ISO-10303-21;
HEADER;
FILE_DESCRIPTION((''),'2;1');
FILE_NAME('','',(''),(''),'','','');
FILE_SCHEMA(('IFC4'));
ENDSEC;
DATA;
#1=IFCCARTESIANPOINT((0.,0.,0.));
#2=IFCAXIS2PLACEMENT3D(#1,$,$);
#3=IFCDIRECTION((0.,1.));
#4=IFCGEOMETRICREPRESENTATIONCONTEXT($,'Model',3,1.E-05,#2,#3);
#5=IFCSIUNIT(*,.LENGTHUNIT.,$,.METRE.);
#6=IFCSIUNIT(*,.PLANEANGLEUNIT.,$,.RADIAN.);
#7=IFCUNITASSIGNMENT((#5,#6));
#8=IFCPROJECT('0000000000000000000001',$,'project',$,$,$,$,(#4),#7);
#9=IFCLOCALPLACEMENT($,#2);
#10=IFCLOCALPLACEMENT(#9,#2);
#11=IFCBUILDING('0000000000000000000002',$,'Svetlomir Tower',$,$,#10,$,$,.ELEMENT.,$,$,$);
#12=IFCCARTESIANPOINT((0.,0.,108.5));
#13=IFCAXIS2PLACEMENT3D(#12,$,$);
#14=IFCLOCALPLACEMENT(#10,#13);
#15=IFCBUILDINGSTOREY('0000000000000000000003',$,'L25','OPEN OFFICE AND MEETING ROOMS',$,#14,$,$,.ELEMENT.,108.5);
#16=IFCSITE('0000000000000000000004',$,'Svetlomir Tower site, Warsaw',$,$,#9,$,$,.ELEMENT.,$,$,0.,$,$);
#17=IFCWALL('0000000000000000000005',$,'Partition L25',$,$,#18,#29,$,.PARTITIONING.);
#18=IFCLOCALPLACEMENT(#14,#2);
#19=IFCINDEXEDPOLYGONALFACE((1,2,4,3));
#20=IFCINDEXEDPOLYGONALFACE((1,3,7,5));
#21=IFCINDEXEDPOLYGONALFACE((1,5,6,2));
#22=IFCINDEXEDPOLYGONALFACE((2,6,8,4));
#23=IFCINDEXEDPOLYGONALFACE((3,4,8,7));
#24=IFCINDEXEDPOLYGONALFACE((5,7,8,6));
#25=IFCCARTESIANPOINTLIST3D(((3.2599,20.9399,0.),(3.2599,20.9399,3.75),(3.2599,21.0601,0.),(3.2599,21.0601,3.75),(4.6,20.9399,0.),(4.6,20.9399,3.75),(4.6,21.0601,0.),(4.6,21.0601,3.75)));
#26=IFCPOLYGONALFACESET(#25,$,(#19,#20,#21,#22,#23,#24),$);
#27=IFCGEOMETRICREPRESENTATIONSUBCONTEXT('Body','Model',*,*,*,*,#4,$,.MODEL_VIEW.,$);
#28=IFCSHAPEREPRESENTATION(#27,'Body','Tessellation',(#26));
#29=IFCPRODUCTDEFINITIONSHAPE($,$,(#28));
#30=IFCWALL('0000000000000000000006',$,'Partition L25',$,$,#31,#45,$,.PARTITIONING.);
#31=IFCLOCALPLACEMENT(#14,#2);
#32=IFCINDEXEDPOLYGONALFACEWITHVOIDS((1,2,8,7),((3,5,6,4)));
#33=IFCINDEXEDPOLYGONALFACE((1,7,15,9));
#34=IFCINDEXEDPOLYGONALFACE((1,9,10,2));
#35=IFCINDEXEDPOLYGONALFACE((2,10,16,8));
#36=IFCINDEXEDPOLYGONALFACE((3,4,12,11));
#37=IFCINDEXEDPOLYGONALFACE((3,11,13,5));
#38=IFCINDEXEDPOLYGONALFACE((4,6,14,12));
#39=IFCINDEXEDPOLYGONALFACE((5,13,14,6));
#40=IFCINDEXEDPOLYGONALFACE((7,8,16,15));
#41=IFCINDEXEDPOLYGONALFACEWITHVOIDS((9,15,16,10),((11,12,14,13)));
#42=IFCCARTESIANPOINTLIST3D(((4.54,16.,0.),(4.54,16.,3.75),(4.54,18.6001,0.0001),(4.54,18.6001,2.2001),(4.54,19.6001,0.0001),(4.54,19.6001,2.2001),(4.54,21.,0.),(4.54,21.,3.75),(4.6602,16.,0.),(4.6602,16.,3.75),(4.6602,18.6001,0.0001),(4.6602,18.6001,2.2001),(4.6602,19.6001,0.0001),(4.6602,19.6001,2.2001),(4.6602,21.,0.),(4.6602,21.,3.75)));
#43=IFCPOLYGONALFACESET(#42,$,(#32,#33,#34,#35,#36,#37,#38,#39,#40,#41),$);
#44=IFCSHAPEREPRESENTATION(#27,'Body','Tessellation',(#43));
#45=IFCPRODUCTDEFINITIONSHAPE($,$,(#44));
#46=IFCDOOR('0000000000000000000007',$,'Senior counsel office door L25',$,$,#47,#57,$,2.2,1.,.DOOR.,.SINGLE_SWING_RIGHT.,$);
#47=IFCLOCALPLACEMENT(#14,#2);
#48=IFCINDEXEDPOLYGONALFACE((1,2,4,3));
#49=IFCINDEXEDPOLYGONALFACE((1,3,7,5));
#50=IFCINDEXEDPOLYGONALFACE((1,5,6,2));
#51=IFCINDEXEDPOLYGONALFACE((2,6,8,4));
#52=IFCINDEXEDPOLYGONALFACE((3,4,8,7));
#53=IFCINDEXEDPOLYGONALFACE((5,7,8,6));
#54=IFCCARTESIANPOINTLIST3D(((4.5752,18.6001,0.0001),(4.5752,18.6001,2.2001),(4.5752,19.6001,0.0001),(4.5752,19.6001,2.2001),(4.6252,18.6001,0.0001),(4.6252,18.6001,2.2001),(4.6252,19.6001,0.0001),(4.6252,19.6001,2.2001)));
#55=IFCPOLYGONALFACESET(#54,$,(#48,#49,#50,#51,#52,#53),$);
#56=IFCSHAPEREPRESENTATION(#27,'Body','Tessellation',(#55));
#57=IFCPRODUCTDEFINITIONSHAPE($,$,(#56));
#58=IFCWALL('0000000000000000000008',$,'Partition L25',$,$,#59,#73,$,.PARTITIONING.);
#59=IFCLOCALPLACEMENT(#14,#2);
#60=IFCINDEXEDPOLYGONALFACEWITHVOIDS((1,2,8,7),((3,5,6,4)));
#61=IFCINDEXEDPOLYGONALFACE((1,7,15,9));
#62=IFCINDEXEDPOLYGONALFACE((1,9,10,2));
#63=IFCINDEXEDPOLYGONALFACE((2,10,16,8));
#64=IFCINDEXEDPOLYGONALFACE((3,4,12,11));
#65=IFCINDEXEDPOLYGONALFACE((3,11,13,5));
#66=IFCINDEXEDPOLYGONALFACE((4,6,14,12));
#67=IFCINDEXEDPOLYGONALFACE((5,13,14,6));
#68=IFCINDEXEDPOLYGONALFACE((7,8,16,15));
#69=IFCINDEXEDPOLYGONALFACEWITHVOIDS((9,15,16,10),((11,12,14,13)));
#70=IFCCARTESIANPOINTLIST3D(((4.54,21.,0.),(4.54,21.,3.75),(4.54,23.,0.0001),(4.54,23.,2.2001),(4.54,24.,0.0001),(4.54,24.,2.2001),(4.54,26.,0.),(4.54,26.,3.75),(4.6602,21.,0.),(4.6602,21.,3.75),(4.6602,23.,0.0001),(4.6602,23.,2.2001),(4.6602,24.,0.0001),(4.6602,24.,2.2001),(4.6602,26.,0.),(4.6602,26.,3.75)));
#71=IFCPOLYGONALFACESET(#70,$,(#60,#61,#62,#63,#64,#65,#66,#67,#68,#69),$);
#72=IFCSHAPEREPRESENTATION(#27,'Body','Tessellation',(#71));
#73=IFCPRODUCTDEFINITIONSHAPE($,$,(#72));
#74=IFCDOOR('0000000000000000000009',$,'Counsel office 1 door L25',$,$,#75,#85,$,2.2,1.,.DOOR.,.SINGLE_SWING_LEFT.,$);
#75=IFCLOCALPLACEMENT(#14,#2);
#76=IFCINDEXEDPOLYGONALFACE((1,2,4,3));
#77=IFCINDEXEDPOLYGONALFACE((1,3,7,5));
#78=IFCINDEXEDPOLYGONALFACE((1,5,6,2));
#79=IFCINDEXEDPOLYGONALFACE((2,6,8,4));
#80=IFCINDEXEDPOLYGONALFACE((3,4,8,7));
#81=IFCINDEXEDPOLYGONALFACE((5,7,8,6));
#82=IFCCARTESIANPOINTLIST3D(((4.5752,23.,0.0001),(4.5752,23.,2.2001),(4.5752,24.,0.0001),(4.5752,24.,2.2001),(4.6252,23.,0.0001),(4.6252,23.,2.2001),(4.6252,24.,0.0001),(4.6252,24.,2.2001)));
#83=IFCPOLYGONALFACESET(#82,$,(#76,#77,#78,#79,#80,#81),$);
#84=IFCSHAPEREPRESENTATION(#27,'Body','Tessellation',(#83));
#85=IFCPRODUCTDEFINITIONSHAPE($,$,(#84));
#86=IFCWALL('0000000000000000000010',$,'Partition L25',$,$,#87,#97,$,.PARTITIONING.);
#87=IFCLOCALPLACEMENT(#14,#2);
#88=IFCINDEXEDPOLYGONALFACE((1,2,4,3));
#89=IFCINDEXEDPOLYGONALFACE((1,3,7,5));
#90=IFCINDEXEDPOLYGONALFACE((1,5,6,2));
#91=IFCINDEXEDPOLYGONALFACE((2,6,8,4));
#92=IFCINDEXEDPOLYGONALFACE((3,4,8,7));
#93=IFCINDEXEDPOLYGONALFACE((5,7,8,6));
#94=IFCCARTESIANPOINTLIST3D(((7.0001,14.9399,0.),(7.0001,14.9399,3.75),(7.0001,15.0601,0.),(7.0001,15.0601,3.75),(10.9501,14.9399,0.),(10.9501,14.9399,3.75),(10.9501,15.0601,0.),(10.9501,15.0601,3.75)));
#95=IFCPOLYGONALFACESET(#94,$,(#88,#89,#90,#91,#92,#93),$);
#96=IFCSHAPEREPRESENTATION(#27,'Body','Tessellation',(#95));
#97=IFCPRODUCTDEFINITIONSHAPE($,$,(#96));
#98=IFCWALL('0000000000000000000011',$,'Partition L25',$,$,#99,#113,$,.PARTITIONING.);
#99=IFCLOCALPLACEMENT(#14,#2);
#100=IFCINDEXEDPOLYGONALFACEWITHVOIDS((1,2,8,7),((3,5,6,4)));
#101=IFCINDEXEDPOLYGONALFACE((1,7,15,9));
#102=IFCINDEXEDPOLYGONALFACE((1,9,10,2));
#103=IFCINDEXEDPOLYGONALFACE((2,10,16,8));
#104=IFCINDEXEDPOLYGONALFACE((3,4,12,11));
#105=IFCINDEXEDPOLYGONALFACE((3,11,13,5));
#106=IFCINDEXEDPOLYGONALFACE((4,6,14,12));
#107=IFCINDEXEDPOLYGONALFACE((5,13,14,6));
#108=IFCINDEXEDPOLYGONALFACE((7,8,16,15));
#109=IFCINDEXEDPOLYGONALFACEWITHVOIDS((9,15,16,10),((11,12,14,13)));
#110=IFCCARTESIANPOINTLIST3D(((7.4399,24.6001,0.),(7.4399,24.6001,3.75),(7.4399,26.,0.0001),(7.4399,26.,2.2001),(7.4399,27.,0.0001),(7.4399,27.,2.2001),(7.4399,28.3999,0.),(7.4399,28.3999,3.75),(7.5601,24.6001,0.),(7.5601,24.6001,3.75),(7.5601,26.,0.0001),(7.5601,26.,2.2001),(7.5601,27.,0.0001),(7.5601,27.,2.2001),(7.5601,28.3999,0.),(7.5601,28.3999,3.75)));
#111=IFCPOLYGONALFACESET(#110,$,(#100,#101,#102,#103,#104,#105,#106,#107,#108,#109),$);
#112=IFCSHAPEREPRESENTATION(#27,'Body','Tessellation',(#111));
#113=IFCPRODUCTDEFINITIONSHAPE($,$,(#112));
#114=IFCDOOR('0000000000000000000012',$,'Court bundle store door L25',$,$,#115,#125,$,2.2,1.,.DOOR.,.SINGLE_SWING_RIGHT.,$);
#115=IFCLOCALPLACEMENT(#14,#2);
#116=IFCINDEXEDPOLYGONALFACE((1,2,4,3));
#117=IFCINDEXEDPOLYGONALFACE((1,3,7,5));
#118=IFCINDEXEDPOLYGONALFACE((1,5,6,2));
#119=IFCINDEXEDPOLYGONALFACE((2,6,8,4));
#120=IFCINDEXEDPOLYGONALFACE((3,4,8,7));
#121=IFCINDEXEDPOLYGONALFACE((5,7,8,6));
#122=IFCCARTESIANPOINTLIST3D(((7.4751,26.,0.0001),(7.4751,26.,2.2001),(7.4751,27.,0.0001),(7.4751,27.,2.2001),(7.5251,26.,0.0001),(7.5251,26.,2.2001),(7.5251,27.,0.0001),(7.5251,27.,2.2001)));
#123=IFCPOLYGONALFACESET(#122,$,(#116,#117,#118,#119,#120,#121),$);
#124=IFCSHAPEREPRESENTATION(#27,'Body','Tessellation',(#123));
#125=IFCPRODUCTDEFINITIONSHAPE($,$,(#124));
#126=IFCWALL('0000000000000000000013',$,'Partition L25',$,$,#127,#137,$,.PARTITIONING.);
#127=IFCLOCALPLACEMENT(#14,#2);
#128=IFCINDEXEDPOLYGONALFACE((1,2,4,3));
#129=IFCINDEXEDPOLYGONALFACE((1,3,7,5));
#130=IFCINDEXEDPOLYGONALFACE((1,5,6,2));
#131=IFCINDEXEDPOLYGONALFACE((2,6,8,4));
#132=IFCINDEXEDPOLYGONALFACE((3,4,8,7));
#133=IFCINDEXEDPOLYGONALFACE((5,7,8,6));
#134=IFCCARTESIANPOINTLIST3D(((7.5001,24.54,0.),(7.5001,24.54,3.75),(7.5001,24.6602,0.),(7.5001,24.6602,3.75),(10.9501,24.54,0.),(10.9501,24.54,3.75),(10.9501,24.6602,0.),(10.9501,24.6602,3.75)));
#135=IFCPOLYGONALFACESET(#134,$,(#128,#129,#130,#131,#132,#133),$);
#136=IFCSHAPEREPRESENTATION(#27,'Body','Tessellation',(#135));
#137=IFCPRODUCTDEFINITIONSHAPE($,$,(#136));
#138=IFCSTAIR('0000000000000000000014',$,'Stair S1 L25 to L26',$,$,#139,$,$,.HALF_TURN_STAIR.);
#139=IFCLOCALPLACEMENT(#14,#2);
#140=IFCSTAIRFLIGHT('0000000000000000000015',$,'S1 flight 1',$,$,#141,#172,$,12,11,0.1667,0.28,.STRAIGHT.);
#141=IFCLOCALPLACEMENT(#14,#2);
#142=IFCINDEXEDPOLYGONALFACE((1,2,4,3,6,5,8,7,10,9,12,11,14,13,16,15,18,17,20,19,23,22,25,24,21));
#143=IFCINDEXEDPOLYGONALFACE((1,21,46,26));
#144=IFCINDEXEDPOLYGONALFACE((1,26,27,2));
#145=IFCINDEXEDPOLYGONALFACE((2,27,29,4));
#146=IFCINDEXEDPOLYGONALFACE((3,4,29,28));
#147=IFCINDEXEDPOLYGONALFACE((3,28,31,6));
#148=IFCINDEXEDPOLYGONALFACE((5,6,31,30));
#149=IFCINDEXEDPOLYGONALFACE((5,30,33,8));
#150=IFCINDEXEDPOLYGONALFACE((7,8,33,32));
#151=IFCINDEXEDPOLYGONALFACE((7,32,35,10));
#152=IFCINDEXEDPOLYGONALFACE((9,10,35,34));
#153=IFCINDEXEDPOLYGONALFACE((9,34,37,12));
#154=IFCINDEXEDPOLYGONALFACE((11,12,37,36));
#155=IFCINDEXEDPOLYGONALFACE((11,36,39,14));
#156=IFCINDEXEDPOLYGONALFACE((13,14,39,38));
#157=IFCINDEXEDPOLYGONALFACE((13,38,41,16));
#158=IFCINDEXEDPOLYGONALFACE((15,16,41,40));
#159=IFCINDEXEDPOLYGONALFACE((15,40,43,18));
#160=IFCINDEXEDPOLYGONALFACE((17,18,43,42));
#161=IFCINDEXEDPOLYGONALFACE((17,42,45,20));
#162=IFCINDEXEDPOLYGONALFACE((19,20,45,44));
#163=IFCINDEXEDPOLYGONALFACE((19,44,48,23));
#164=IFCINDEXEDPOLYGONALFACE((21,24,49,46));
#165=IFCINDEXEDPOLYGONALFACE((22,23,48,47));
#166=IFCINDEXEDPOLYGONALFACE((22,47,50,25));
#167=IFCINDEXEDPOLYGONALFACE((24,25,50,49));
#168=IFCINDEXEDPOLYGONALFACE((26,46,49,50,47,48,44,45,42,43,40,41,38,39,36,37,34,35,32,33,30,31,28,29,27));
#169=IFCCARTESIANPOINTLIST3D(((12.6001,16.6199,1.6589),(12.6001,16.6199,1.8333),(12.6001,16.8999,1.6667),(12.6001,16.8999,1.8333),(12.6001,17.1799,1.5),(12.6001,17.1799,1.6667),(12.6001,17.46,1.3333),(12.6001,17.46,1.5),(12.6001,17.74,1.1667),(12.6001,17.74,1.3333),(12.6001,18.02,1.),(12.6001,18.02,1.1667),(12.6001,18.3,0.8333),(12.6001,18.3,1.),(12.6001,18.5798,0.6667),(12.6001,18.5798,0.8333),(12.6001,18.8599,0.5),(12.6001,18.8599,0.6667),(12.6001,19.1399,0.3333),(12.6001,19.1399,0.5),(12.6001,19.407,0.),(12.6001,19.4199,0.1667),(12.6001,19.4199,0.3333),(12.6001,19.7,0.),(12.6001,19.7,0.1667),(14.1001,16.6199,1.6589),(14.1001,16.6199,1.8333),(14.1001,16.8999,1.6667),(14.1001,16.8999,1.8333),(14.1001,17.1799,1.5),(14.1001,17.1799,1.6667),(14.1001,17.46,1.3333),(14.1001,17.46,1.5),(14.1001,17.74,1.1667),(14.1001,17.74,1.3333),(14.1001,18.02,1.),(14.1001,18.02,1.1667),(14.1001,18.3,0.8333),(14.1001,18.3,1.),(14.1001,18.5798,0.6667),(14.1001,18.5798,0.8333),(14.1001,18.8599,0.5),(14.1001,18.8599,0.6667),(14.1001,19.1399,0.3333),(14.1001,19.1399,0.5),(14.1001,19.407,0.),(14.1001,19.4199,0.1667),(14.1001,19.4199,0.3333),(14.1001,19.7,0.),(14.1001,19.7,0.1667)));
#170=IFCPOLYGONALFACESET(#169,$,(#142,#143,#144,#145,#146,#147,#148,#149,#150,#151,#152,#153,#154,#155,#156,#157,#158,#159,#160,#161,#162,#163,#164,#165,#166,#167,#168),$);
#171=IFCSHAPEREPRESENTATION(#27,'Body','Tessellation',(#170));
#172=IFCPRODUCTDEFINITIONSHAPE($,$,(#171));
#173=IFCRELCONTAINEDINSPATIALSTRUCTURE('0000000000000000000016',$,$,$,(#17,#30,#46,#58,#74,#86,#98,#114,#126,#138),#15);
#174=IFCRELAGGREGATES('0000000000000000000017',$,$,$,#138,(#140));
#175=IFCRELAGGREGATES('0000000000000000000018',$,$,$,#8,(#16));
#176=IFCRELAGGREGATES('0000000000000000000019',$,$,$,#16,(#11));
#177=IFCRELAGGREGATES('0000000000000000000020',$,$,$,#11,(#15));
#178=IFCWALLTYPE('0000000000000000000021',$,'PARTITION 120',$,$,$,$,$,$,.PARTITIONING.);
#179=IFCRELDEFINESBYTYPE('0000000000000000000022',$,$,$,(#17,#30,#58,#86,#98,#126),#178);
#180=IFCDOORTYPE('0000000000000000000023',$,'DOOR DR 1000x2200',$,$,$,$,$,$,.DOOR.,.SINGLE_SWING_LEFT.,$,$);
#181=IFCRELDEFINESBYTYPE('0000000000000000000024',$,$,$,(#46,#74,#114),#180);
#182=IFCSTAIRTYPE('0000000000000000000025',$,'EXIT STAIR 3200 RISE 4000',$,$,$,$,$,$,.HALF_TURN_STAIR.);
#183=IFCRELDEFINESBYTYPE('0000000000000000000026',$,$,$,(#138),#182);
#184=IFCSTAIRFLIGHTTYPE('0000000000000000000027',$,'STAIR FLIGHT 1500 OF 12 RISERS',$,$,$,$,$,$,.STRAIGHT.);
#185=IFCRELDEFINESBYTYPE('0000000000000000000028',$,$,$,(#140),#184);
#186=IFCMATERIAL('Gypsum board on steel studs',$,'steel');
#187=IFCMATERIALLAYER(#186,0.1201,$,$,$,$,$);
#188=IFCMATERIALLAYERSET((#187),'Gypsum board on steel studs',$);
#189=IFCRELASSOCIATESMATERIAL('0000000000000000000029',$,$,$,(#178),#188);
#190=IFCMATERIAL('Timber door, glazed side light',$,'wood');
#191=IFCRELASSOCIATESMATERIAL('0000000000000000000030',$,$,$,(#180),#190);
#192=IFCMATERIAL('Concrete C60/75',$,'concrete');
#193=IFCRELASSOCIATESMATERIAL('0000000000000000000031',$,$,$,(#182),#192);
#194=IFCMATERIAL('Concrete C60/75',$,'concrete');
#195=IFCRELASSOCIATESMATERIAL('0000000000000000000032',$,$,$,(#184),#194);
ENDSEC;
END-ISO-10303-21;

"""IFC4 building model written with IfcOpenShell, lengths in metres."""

from ifc_helpers import new_model, si_unit, direction, frame, frame_2d, origin, place, context, subcontext, project, spatial, polyline, rectangle, outline, extrude, material, layer, layer_set, type_object, element, fill, aggregate, save


model = new_model("IFC4")

# Units and contexts
model_context = context("Model", 3, precision=1e-05, world=origin(), true_north=direction((0.0, 1.0)))
body_context = subcontext(model_context, "Body", "Model", "MODEL_VIEW")
ifc_project = project(units=[si_unit("LENGTHUNIT", "METRE"), si_unit("PLANEANGLEUNIT", "RADIAN")], contexts=[model_context])

# Site, building, storey
site_placement = place(None, origin())
site = spatial("IfcSite", under=ifc_project, at=site_placement, Name="Svetlomir Tower site, Warsaw", CompositionType="ELEMENT", RefElevation=0.0)
building_placement = place(site_placement, origin())
building = spatial("IfcBuilding", under=site, at=building_placement, Name="Svetlomir Tower", CompositionType="ELEMENT")
storey_placement = place(building_placement, frame((0.0, 0.0, 108.5)))
storey = spatial("IfcBuildingStorey", under=building, at=storey_placement, Name="L25", Description="OPEN OFFICE AND MEETING ROOMS", CompositionType="ELEMENT", Elevation=108.5)

# Wall
ifc_material_1 = material(Name="Gypsum board on steel studs", Category="steel")
ifc_layer_1 = layer(ifc_material_1, 0.1201)
ifc_layer_set_1 = layer_set([ifc_layer_1], Name="Gypsum board on steel studs")
wall_type_1 = type_object("IfcWallType", Name="PARTITION 120", PredefinedType="PARTITIONING", material=ifc_layer_set_1)
wall_1_placement = place(storey_placement, frame((3.26, 21.0, 0.0), z_axis=(0.0, 0.0, 1.0), x_axis=(1.0, 0.0, 0.0)))
element("IfcWall", 1, at=wall_1_placement, inside=storey, type_object=wall_type_1, Name="Partition L25", PredefinedType="PARTITIONING", context=body_context, shape_type="SweptSolid", body=[
    extrude(rectangle(XDim=1.3401, YDim=0.1201, at=frame_2d((0.6699, 0.0))), origin(), (0.0, 0.0, 1.0), 3.75),
])

# Walls, openings, doors
wall_2_placement = place(storey_placement, frame((4.6001, 16.0, 0.0), z_axis=(0.0, 0.0, 1.0), x_axis=(0.0, 1.0, 0.0)))
wall_2 = element("IfcWall", 2, at=wall_2_placement, inside=storey, type_object=wall_type_1, Name="Partition L25", PredefinedType="PARTITIONING", context=body_context, shape_type="SweptSolid", body=[
    extrude(rectangle(XDim=5.0, YDim=0.1201, at=frame_2d((2.5, 0.0))), origin(), (0.0, 0.0, 1.0), 3.75),
])
opening_1_placement = place(wall_2_placement, frame((2.6001, 0.0, 0.0)))
opening_1 = element("IfcOpeningElement", 3, at=opening_1_placement, cuts=wall_2, PredefinedType="OPENING", context=body_context, shape_type="SweptSolid", body=[
    extrude(rectangle(XDim=1.0, YDim=2.2, at=frame_2d((0.5, 1.1001))), frame((0.0, 0.0701, 0.0), z_axis=(0.0, -1.0, 0.0), x_axis=(1.0, 0.0, 0.0)), (0.0, 0.0, 1.0), 0.1401),
])
ifc_material_2 = material(Name="Timber door, glazed side light", Category="wood")
door_type_1 = type_object("IfcDoorType", Name="DOOR DR 1000x2200", OperationType="SINGLE_SWING_LEFT", PredefinedType="DOOR", material=ifc_material_2)
door_1_placement = place(opening_1_placement, origin())
door_1 = element("IfcDoor", 4, at=door_1_placement, inside=storey, type_object=door_type_1, Name="Senior counsel office door L25", OperationType="SINGLE_SWING_RIGHT", OverallHeight=2.2, OverallWidth=1.0, PredefinedType="DOOR", context=body_context, shape_type="SweptSolid", body=[
    extrude(rectangle(XDim=1.0, YDim=2.2, at=frame_2d((0.5, 1.1001))), frame((0.0, 0.0249, 0.0), z_axis=(0.0, -1.0, 0.0), x_axis=(1.0, 0.0, 0.0)), (0.0, 0.0, 1.0), 0.05),
])
fill(opening_1, door_1)
wall_3_placement = place(storey_placement, frame((4.6001, 21.0, 0.0), z_axis=(0.0, 0.0, 1.0), x_axis=(0.0, 1.0, 0.0)))
wall_3 = element("IfcWall", 5, at=wall_3_placement, inside=storey, type_object=wall_type_1, Name="Partition L25", PredefinedType="PARTITIONING", context=body_context, shape_type="SweptSolid", body=[
    extrude(rectangle(XDim=5.0, YDim=0.1201, at=frame_2d((2.5, 0.0))), origin(), (0.0, 0.0, 1.0), 3.75),
])
opening_2_placement = place(wall_3_placement, frame((2.0, 0.0, 0.0)))
opening_2 = element("IfcOpeningElement", 6, at=opening_2_placement, cuts=wall_3, PredefinedType="OPENING", context=body_context, shape_type="SweptSolid", body=[
    extrude(rectangle(XDim=1.0, YDim=2.2, at=frame_2d((0.5, 1.1001))), frame((0.0, 0.0701, 0.0), z_axis=(0.0, -1.0, 0.0), x_axis=(1.0, 0.0, 0.0)), (0.0, 0.0, 1.0), 0.1401),
])
door_2_placement = place(opening_2_placement, origin())
door_2 = element("IfcDoor", 7, at=door_2_placement, inside=storey, type_object=door_type_1, Name="Counsel office 1 door L25", OperationType="SINGLE_SWING_LEFT", OverallHeight=2.2, OverallWidth=1.0, PredefinedType="DOOR", context=body_context, shape_type="SweptSolid", body=[
    extrude(rectangle(XDim=1.0, YDim=2.2, at=frame_2d((0.5, 1.1001))), frame((0.0, 0.0249, 0.0), z_axis=(0.0, -1.0, 0.0), x_axis=(1.0, 0.0, 0.0)), (0.0, 0.0, 1.0), 0.05),
])
fill(opening_2, door_2)

# Wall
wall_4_placement = place(storey_placement, frame((7.0, 15.0, 0.0), z_axis=(0.0, 0.0, 1.0), x_axis=(1.0, 0.0, 0.0)))
element("IfcWall", 8, at=wall_4_placement, inside=storey, type_object=wall_type_1, Name="Partition L25", PredefinedType="PARTITIONING", context=body_context, shape_type="SweptSolid", body=[
    extrude(rectangle(XDim=3.95, YDim=0.1201, at=frame_2d((1.9751, 0.0))), origin(), (0.0, 0.0, 1.0), 3.75),
])

# Wall, opening, door
wall_5_placement = place(storey_placement, frame((7.5, 24.6001, 0.0), z_axis=(0.0, 0.0, 1.0), x_axis=(0.0, 1.0, 0.0)))
wall_5 = element("IfcWall", 9, at=wall_5_placement, inside=storey, type_object=wall_type_1, Name="Partition L25", PredefinedType="PARTITIONING", context=body_context, shape_type="SweptSolid", body=[
    extrude(rectangle(XDim=3.7998, YDim=0.1201, at=frame_2d((1.8999, 0.0))), origin(), (0.0, 0.0, 1.0), 3.75),
])
opening_3_placement = place(wall_5_placement, frame((1.3999, 0.0, 0.0)))
opening_3 = element("IfcOpeningElement", 10, at=opening_3_placement, cuts=wall_5, PredefinedType="OPENING", context=body_context, shape_type="SweptSolid", body=[
    extrude(rectangle(XDim=1.0, YDim=2.2, at=frame_2d((0.5, 1.1001))), frame((0.0, 0.0701, 0.0), z_axis=(0.0, -1.0, 0.0), x_axis=(1.0, 0.0, 0.0)), (0.0, 0.0, 1.0), 0.1401),
])
door_3_placement = place(opening_3_placement, origin())
door_3 = element("IfcDoor", 11, at=door_3_placement, inside=storey, type_object=door_type_1, Name="Court bundle store door L25", OperationType="SINGLE_SWING_RIGHT", OverallHeight=2.2, OverallWidth=1.0, PredefinedType="DOOR", context=body_context, shape_type="SweptSolid", body=[
    extrude(rectangle(XDim=1.0, YDim=2.2, at=frame_2d((0.5, 1.1001))), frame((0.0, 0.0249, 0.0), z_axis=(0.0, -1.0, 0.0), x_axis=(1.0, 0.0, 0.0)), (0.0, 0.0, 1.0), 0.05),
])
fill(opening_3, door_3)

# Wall
wall_6_placement = place(storey_placement, frame((7.5, 24.6001, 0.0), z_axis=(0.0, 0.0, 1.0), x_axis=(1.0, 0.0, 0.0)))
element("IfcWall", 12, at=wall_6_placement, inside=storey, type_object=wall_type_1, Name="Partition L25", PredefinedType="PARTITIONING", context=body_context, shape_type="SweptSolid", body=[
    extrude(rectangle(XDim=3.45, YDim=0.1201, at=frame_2d((1.7251, 0.0))), origin(), (0.0, 0.0, 1.0), 3.75),
])

# Stair, stair flight
ifc_material_3 = material(Name="Concrete C60/75", Category="concrete")
stair_type = type_object("IfcStairType", Name="EXIT STAIR 3200 RISE 4000", PredefinedType="HALF_TURN_STAIR", material=ifc_material_3)
stair_placement = place(storey_placement, origin())
stair = element("IfcStair", 13, at=stair_placement, inside=storey, type_object=stair_type, Name="Stair S1 L25 to L26", PredefinedType="HALF_TURN_STAIR")
ifc_material_4 = material(Name="Concrete C60/75", Category="concrete")
stair_flight_type = type_object("IfcStairFlightType", Name="STAIR FLIGHT 1500 OF 12 RISERS", PredefinedType="STRAIGHT", material=ifc_material_4)
stair_flight_placement = place(storey_placement, frame((13.3501, 19.7, 0.0), z_axis=(0.0, 0.0, 1.0), x_axis=(0.0, -1.0, 0.0)))
stair_flight = element("IfcStairFlight", 14, at=stair_flight_placement, type_object=stair_flight_type, Name="S1 flight 1", NumberOfRisers=12, NumberOfTreads=11, PredefinedType="STRAIGHT", RiserHeight=0.1667, TreadLength=0.28, context=body_context, shape_type="SweptSolid", body=[
    extrude(outline(polyline([(0.0, 0.0), (0.0, 0.1667), (0.28, 0.1667), (0.28, 0.3333), (0.5601, 0.3333), (0.5601, 0.5), (0.8401, 0.5), (0.8401, 0.6667), (1.1201, 0.6667), (1.1201, 0.8333), (1.3999, 0.8333), (1.3999, 1.0), (1.6799, 1.0), (1.6799, 1.1667), (1.96, 1.1667), (1.96, 1.3333), (2.24, 1.3333), (2.24, 1.5), (2.52, 1.5), (2.52, 1.6667), (2.8, 1.6667), (2.8, 1.8333), (3.0801, 1.8333), (3.0801, 2.0), (3.0801, 1.6589), (0.293, 0.0), (0.0, 0.0)])), frame((0.0, 0.75, 0.0), z_axis=(0.0, -1.0, 0.0), x_axis=(1.0, 0.0, 0.0)), (0.0, 0.0, 1.0), 1.5),
])
aggregate(stair, [stair_flight])

save(model, "model.ifc")
